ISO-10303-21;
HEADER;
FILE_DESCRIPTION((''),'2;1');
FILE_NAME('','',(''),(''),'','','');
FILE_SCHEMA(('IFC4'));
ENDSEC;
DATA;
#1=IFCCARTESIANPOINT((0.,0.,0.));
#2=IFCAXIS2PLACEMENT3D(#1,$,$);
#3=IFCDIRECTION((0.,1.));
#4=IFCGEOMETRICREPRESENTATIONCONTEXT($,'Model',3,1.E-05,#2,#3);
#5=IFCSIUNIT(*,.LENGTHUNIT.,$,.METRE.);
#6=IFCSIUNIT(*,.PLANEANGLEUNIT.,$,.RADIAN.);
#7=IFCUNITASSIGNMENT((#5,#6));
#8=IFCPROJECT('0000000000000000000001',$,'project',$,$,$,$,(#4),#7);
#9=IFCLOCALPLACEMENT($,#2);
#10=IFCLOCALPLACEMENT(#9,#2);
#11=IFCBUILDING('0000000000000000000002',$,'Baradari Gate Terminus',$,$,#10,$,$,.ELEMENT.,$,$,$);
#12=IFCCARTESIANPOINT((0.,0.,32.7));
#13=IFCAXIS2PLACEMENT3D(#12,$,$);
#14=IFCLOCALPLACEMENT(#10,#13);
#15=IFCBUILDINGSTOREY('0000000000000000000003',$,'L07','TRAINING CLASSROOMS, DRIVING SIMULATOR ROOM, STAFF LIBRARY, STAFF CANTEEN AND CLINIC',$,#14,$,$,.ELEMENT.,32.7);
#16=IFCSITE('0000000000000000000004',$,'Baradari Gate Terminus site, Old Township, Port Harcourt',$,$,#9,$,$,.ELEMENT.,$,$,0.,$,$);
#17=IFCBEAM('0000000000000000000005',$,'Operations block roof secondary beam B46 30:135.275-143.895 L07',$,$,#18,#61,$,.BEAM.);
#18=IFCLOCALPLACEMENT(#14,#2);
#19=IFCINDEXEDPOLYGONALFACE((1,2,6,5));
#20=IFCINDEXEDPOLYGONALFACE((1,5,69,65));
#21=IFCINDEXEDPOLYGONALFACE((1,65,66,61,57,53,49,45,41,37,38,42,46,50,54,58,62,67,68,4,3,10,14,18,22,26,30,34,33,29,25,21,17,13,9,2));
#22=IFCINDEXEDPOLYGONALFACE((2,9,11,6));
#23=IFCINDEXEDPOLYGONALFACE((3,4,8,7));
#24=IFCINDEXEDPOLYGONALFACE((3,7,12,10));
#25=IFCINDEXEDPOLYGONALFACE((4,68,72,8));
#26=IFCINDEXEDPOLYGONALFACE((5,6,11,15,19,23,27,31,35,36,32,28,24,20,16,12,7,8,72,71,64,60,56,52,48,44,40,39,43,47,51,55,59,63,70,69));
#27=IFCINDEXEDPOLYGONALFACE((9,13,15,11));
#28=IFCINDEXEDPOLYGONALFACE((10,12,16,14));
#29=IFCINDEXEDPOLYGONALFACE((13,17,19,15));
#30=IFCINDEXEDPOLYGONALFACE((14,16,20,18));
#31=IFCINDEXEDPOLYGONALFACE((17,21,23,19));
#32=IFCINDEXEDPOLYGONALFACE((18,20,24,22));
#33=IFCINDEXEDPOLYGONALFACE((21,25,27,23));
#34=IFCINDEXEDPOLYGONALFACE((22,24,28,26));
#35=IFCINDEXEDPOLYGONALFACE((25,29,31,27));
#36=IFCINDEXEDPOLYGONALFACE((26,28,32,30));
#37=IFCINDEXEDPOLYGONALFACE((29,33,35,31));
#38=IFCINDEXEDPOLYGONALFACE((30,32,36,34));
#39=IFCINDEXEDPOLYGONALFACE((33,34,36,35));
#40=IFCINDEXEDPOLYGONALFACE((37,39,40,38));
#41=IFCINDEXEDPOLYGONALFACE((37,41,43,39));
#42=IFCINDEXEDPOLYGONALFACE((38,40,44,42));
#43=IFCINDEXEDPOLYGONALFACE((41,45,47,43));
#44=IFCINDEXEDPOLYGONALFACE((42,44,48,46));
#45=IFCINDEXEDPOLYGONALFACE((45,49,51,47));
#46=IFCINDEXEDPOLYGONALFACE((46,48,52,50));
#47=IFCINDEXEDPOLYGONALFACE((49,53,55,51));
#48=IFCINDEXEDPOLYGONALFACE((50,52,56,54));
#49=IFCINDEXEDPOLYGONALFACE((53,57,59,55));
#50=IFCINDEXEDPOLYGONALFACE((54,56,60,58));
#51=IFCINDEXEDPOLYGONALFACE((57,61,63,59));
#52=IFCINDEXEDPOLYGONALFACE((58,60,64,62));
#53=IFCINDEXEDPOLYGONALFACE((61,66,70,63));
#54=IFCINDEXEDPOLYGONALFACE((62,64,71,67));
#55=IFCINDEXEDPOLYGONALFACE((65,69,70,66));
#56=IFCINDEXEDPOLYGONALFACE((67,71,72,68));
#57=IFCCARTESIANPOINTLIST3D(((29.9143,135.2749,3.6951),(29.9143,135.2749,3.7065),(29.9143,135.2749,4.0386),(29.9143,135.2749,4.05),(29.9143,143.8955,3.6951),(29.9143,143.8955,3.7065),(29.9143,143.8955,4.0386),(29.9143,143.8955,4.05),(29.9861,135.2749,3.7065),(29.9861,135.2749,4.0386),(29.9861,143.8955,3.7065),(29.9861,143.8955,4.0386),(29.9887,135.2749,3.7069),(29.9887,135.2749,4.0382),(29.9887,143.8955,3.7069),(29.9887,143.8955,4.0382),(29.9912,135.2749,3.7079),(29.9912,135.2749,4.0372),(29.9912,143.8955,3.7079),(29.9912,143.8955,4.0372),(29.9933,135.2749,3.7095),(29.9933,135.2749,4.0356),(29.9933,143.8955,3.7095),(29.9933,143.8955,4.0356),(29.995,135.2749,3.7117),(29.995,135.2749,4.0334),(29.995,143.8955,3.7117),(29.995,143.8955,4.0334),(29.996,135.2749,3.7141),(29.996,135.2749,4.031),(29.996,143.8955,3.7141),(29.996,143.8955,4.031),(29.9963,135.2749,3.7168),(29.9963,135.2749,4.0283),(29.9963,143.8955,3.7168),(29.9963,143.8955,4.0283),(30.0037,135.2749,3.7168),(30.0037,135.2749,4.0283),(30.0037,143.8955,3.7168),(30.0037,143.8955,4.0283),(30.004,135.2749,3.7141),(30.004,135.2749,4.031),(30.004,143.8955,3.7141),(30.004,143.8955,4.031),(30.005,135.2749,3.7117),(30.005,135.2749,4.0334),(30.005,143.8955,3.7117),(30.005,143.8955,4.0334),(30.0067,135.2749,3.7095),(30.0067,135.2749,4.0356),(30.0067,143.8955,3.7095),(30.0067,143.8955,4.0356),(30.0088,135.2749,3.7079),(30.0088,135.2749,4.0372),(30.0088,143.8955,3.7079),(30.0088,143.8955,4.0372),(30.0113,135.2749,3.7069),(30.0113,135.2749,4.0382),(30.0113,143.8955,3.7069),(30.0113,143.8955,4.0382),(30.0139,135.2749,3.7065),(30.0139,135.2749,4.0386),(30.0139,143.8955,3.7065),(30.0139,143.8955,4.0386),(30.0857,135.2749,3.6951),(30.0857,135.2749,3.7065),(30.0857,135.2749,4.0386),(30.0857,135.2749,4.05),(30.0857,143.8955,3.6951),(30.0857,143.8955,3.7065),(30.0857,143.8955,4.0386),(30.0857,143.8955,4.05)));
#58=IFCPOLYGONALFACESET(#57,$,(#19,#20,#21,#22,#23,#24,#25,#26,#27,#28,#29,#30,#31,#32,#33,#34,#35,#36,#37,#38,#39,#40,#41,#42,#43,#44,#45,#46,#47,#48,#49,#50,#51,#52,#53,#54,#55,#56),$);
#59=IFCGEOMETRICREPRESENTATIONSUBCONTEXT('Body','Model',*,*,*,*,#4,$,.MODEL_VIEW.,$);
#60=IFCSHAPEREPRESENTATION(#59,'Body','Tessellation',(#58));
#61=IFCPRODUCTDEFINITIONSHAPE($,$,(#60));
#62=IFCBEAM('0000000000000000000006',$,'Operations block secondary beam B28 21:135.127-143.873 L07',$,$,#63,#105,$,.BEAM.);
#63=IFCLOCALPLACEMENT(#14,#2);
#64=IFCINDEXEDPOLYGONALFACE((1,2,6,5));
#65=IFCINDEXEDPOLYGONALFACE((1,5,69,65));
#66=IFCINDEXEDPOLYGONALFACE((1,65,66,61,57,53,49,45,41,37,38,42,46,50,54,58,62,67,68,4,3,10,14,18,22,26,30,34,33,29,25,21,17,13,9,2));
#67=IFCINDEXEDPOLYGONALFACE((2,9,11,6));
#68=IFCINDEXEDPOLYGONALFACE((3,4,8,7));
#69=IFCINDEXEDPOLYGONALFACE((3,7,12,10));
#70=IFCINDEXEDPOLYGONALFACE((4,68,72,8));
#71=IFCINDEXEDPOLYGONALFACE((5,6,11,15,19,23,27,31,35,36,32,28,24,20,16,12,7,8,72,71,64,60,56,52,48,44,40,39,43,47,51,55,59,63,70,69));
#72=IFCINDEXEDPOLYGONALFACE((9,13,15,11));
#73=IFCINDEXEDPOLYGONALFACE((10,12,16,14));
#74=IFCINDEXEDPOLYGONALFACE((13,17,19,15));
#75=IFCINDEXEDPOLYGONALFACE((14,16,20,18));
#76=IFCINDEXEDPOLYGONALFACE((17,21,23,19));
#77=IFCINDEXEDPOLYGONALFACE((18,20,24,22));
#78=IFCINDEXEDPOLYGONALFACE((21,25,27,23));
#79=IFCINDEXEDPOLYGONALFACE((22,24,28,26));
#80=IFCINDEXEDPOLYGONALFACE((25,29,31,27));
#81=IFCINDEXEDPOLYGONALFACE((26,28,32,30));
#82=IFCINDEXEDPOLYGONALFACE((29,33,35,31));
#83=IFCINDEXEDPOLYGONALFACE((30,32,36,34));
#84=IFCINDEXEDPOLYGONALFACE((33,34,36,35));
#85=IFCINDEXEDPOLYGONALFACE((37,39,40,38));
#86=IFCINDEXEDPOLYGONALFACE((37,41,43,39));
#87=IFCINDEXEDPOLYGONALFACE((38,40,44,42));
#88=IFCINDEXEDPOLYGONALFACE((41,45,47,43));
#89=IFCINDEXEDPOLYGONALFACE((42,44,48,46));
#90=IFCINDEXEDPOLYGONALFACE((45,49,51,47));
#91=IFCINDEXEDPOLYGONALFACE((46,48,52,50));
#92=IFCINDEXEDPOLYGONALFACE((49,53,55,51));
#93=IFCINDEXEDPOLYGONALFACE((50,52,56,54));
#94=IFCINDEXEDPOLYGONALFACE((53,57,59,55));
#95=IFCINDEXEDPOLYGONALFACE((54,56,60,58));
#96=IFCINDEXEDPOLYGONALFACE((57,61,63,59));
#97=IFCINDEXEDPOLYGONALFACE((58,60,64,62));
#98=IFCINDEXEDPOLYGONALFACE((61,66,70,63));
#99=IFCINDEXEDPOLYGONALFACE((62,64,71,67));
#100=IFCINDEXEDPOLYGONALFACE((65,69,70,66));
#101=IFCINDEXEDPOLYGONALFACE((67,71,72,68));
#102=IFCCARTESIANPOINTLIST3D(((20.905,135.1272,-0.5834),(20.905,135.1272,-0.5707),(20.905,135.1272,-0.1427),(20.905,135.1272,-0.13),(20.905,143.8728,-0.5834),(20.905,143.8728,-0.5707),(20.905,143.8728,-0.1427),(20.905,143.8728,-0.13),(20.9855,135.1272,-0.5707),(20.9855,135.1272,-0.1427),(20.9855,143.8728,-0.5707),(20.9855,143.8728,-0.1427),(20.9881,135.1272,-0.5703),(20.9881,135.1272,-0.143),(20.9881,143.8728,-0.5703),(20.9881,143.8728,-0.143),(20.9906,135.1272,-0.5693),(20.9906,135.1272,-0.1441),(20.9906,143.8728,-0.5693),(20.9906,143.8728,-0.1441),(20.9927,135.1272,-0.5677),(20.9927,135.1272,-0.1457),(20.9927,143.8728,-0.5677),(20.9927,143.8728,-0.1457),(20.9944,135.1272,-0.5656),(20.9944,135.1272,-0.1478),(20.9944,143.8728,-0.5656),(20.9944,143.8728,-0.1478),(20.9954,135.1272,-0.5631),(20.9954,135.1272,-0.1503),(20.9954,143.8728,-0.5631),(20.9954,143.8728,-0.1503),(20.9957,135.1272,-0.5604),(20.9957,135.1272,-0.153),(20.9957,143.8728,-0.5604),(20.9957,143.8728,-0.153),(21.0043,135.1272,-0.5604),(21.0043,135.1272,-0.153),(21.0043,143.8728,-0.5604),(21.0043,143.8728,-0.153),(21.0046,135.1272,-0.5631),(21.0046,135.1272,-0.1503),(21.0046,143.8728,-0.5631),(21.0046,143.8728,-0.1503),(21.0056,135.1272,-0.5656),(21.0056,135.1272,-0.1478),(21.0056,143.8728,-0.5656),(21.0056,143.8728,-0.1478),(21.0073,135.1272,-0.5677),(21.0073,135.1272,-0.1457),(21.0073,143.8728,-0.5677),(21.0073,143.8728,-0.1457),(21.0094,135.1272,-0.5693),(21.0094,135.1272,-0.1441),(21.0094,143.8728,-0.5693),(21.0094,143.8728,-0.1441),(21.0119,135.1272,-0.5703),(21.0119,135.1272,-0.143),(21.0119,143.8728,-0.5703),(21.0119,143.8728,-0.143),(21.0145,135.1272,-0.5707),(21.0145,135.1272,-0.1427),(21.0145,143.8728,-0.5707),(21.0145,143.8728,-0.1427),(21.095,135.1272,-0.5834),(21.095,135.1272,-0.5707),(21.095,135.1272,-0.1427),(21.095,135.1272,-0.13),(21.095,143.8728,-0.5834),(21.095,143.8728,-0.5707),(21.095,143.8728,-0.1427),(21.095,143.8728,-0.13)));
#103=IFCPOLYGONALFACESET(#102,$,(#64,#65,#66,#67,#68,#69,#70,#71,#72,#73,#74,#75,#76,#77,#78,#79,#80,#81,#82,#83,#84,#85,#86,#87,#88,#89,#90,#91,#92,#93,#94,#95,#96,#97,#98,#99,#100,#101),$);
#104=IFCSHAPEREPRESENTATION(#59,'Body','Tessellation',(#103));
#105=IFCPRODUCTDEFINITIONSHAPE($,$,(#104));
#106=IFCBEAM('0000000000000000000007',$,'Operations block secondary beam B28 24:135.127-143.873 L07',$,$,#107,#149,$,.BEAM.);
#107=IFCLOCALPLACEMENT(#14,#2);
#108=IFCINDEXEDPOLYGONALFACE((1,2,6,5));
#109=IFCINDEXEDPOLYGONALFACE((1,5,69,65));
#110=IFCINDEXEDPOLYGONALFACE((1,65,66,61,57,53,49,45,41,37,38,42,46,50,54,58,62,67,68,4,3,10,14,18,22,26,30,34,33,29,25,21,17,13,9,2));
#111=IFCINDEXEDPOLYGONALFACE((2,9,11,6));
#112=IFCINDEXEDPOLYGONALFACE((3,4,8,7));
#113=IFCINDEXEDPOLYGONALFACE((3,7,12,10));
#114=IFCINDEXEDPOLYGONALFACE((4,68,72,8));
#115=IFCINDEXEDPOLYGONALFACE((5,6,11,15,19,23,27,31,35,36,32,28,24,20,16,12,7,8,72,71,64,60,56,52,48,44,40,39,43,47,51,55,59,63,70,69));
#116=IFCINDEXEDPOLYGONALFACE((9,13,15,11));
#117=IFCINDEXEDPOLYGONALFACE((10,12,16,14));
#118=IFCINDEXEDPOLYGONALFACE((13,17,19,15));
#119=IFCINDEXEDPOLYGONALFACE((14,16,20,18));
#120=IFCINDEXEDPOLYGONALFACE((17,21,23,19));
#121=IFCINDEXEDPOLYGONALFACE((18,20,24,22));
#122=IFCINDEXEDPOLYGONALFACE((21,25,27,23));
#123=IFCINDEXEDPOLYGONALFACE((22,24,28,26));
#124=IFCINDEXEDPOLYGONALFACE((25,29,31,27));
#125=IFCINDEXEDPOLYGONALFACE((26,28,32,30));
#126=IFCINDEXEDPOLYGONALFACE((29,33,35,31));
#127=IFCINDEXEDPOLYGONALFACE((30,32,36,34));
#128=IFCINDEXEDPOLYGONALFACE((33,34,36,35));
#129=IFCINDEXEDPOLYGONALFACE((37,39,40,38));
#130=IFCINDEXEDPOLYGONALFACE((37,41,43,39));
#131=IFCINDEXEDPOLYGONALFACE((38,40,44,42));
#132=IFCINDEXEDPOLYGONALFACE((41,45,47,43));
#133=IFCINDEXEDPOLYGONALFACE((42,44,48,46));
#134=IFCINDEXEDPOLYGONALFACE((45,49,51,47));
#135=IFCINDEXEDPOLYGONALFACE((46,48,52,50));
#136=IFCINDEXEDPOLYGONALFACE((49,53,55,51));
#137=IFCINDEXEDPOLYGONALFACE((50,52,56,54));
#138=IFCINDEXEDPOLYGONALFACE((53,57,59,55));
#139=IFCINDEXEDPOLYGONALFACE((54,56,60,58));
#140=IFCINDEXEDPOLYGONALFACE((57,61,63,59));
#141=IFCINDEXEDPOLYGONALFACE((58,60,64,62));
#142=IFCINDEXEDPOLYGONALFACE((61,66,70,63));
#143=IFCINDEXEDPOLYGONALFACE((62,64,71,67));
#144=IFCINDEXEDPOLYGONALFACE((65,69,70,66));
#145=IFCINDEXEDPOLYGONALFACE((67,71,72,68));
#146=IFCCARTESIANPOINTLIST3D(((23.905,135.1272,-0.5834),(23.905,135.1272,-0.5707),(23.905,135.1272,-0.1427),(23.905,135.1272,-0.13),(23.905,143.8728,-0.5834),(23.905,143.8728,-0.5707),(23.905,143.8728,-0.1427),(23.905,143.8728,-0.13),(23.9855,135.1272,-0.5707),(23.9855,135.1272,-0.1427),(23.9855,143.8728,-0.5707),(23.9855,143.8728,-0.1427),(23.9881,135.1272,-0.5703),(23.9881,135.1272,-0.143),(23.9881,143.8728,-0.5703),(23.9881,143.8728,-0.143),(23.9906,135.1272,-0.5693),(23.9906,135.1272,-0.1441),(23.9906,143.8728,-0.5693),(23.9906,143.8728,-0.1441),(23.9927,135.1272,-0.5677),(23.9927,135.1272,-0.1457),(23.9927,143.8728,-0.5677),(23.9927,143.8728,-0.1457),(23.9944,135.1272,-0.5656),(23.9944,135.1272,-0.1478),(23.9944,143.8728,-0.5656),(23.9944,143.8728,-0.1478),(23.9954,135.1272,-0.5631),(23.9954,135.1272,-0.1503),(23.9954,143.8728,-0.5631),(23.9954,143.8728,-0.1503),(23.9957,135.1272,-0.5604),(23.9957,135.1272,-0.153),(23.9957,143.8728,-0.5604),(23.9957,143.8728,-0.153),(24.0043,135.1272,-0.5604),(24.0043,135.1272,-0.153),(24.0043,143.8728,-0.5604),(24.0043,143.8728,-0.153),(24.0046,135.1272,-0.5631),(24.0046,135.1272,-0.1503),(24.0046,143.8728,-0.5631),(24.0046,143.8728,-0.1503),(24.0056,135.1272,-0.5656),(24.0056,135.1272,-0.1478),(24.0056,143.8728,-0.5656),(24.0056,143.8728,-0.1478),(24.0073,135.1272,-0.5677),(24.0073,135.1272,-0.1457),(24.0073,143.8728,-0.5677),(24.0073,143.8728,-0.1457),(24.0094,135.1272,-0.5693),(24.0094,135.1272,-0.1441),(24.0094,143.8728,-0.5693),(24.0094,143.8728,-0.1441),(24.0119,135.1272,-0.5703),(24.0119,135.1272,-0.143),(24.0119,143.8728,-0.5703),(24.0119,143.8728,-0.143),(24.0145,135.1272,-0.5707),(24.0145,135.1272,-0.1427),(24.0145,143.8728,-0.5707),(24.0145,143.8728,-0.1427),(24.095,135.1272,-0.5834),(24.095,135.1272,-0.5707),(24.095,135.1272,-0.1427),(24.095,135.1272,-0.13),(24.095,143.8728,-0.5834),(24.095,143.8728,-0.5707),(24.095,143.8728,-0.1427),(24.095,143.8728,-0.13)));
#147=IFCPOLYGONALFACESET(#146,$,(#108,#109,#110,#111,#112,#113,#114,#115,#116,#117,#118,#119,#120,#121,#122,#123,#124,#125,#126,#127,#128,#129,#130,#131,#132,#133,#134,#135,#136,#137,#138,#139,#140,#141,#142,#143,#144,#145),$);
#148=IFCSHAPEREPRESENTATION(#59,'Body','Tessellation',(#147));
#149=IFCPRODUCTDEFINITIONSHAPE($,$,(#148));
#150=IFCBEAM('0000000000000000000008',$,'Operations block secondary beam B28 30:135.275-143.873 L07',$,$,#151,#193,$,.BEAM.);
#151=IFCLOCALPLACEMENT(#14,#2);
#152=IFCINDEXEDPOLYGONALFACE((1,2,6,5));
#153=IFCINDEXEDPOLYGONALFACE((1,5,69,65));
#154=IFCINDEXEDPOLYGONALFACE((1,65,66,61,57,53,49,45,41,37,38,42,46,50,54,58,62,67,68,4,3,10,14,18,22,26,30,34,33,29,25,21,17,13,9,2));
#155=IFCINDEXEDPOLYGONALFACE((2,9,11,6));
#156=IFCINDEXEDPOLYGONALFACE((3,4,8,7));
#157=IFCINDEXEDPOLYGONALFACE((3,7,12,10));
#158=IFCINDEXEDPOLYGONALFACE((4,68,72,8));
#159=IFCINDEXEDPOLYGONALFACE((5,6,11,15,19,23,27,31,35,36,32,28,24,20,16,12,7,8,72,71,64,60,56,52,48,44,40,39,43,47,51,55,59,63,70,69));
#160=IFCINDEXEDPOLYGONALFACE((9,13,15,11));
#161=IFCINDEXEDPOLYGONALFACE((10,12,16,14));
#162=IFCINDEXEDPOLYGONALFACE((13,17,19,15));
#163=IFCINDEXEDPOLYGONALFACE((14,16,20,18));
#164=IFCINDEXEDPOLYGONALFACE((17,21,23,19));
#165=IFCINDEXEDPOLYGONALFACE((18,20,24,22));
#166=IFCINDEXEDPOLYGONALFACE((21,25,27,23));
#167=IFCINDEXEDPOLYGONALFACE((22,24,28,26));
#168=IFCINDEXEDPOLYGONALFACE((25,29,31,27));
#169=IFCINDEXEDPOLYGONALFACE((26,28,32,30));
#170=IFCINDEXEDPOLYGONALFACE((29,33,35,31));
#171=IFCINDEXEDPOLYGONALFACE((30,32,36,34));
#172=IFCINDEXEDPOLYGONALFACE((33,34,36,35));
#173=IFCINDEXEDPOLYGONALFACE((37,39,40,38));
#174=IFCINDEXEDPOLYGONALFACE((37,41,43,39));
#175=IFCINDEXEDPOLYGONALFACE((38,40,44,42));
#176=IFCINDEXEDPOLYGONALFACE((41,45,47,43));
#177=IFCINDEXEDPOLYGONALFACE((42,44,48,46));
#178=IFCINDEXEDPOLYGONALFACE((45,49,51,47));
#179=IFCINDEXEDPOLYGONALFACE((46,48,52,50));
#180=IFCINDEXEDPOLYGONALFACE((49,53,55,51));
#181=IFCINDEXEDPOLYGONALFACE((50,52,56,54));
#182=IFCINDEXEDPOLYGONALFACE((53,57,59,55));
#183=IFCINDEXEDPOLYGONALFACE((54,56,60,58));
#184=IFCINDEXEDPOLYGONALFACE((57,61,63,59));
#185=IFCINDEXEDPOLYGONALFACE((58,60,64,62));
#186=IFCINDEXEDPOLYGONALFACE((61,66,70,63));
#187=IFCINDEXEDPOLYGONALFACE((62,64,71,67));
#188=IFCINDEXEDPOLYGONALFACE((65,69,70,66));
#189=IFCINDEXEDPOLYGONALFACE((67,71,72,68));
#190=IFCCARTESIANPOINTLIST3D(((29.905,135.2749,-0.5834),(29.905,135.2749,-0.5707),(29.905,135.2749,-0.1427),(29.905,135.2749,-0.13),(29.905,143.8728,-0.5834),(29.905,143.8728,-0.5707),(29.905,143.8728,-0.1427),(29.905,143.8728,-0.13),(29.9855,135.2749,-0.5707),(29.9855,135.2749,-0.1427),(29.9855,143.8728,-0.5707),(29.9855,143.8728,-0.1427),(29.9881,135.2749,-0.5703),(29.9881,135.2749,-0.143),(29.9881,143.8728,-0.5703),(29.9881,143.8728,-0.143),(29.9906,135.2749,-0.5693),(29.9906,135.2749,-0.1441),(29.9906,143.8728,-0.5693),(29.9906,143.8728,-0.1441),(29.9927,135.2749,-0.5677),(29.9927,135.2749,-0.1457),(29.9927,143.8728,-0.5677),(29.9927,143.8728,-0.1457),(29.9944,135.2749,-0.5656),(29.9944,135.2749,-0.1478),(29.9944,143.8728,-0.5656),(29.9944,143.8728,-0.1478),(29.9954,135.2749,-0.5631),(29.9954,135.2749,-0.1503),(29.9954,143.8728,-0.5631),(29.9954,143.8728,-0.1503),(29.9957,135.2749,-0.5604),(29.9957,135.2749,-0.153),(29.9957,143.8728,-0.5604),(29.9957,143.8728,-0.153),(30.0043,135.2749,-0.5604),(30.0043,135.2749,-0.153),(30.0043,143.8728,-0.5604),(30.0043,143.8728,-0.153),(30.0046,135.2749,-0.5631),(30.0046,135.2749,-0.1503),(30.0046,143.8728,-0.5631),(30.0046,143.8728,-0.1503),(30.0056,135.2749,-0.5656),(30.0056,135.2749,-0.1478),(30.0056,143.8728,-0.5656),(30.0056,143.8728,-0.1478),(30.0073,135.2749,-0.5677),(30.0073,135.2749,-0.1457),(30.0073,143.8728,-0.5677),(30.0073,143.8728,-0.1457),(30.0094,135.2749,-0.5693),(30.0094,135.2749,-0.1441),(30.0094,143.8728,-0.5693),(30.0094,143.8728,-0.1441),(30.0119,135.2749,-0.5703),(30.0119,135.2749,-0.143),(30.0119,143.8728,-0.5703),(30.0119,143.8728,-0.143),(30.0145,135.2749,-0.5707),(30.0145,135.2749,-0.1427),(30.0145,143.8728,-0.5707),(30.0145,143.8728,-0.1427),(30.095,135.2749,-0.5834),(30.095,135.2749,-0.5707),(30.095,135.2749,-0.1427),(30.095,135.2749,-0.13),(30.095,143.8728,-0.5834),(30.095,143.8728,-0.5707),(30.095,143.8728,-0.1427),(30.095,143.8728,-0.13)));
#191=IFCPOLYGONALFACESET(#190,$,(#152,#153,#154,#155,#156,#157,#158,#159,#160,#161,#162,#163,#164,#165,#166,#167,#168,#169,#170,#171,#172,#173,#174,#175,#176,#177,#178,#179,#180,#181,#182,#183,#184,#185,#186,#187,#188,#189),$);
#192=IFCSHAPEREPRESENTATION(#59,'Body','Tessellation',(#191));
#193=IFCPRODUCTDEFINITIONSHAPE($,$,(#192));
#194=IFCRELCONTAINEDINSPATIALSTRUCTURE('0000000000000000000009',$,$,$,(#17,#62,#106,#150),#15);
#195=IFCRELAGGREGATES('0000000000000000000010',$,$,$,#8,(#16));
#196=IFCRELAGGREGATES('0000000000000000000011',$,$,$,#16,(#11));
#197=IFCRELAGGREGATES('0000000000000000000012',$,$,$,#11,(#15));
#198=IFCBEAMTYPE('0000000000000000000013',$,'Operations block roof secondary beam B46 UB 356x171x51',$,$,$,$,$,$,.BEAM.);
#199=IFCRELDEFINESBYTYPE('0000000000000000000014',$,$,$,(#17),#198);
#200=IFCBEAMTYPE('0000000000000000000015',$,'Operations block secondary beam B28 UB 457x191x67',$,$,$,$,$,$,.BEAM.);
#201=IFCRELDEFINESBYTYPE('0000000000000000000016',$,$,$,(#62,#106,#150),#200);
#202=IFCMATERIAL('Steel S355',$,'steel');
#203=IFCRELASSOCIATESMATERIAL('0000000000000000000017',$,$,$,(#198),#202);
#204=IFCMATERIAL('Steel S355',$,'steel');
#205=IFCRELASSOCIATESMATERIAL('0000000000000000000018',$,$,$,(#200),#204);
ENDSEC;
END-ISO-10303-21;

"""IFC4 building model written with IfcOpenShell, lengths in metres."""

from ifc_helpers import new_model, si_unit, direction, frame, origin, origin_2d, place, context, subcontext, project, spatial, i_section, extrude, material, material_profile, profile_set, type_object, element, save


model = new_model("IFC4")

# Units and contexts
model_context = context("Model", 3, precision=1e-05, world=origin(), true_north=direction((0.0, 1.0)))
body_context = subcontext(model_context, "Body", "Model", "MODEL_VIEW")
ifc_project = project(units=[si_unit("LENGTHUNIT", "METRE"), si_unit("PLANEANGLEUNIT", "RADIAN")], contexts=[model_context])

# Site, building, storey
site_placement = place(None, origin())
site = spatial("IfcSite", under=ifc_project, at=site_placement, Name="Baradari Gate Terminus site, Old Township, Port Harcourt", CompositionType="ELEMENT", RefElevation=0.0)
building_placement = place(site_placement, origin())
building = spatial("IfcBuilding", under=site, at=building_placement, Name="Baradari Gate Terminus", CompositionType="ELEMENT")
storey_placement = place(building_placement, frame((0.0, 0.0, 32.7)))
storey = spatial("IfcBuildingStorey", under=building, at=storey_placement, Name="L07", Description="TRAINING CLASSROOMS, DRIVING SIMULATOR ROOM, STAFF LIBRARY, STAFF CANTEEN AND CLINIC", CompositionType="ELEMENT", Elevation=32.7)

# Beams
ifc_material_1 = material(Name="Steel S355", Category="steel")
ifc_material_profile_1 = material_profile(ifc_material_1, i_section(OverallWidth=0.1714, OverallDepth=0.355, WebThickness=0.0073, FlangeThickness=0.0115, FilletRadius=0.0103, at=origin_2d()), Name="UB 356x171x51")
ifc_profile_set_1 = profile_set([ifc_material_profile_1], Name="Steel S355")
beam_type_1 = type_object("IfcBeamType", Name="Operations block roof secondary beam B46 UB 356x171x51", PredefinedType="BEAM", material=ifc_profile_set_1)
beam_1_placement = place(storey_placement, frame((30.0, 135.2749, 3.8726), z_axis=(0.0, 1.0, 0.0), x_axis=(-1.0, 0.0, 0.0)))
element("IfcBeam", 1, at=beam_1_placement, inside=storey, type_object=beam_type_1, Name="Operations block roof secondary beam B46 30:135.275-143.895 L07", PredefinedType="BEAM", context=body_context, shape_type="SweptSolid", body=[
    extrude(i_section(OverallWidth=0.1714, OverallDepth=0.355, WebThickness=0.0073, FlangeThickness=0.0115, FilletRadius=0.0103, at=origin_2d()), origin(), (0.0, 0.0, 1.0), 8.6206),
])
ifc_material_2 = material(Name="Steel S355", Category="steel")
ifc_material_profile_2 = material_profile(ifc_material_2, i_section(OverallWidth=0.1899, OverallDepth=0.4534, WebThickness=0.0085, FlangeThickness=0.0127, FilletRadius=0.0103, at=origin_2d()), Name="UB 457x191x67")
ifc_profile_set_2 = profile_set([ifc_material_profile_2], Name="Steel S355")
beam_type_2 = type_object("IfcBeamType", Name="Operations block secondary beam B28 UB 457x191x67", PredefinedType="BEAM", material=ifc_profile_set_2)
for number, where, z_axis, x_axis, name in (
    (2, (21.0, 135.1272, -0.3567), (0.0, 1.0, 0.0), (-1.0, 0.0, 0.0), "Operations block secondary beam B28 21:135.127-143.873 L07"),
    (3, (24.0, 135.1272, -0.3567), (0.0, 1.0, 0.0), (-1.0, 0.0, 0.0), "Operations block secondary beam B28 24:135.127-143.873 L07"),
):
    element("IfcBeam", number, at=place(storey_placement, frame(where, z_axis=z_axis, x_axis=x_axis)), inside=storey, type_object=beam_type_2, Name=name, PredefinedType="BEAM", context=body_context, shape_type="SweptSolid", body=[
        extrude(i_section(OverallWidth=0.1899, OverallDepth=0.4534, WebThickness=0.0085, FlangeThickness=0.0127, FilletRadius=0.0103, at=origin_2d()), origin(), (0.0, 0.0, 1.0), 8.7456),
    ])
beam_2_placement = place(storey_placement, frame((30.0, 135.2749, -0.3567), z_axis=(0.0, 1.0, 0.0), x_axis=(-1.0, 0.0, 0.0)))
element("IfcBeam", 4, at=beam_2_placement, inside=storey, type_object=beam_type_2, Name="Operations block secondary beam B28 30:135.275-143.873 L07", PredefinedType="BEAM", context=body_context, shape_type="SweptSolid", body=[
    extrude(i_section(OverallWidth=0.1899, OverallDepth=0.4534, WebThickness=0.0085, FlangeThickness=0.0127, FilletRadius=0.0103, at=origin_2d()), origin(), (0.0, 0.0, 1.0), 8.5979),
])

save(model, "model.ifc")
